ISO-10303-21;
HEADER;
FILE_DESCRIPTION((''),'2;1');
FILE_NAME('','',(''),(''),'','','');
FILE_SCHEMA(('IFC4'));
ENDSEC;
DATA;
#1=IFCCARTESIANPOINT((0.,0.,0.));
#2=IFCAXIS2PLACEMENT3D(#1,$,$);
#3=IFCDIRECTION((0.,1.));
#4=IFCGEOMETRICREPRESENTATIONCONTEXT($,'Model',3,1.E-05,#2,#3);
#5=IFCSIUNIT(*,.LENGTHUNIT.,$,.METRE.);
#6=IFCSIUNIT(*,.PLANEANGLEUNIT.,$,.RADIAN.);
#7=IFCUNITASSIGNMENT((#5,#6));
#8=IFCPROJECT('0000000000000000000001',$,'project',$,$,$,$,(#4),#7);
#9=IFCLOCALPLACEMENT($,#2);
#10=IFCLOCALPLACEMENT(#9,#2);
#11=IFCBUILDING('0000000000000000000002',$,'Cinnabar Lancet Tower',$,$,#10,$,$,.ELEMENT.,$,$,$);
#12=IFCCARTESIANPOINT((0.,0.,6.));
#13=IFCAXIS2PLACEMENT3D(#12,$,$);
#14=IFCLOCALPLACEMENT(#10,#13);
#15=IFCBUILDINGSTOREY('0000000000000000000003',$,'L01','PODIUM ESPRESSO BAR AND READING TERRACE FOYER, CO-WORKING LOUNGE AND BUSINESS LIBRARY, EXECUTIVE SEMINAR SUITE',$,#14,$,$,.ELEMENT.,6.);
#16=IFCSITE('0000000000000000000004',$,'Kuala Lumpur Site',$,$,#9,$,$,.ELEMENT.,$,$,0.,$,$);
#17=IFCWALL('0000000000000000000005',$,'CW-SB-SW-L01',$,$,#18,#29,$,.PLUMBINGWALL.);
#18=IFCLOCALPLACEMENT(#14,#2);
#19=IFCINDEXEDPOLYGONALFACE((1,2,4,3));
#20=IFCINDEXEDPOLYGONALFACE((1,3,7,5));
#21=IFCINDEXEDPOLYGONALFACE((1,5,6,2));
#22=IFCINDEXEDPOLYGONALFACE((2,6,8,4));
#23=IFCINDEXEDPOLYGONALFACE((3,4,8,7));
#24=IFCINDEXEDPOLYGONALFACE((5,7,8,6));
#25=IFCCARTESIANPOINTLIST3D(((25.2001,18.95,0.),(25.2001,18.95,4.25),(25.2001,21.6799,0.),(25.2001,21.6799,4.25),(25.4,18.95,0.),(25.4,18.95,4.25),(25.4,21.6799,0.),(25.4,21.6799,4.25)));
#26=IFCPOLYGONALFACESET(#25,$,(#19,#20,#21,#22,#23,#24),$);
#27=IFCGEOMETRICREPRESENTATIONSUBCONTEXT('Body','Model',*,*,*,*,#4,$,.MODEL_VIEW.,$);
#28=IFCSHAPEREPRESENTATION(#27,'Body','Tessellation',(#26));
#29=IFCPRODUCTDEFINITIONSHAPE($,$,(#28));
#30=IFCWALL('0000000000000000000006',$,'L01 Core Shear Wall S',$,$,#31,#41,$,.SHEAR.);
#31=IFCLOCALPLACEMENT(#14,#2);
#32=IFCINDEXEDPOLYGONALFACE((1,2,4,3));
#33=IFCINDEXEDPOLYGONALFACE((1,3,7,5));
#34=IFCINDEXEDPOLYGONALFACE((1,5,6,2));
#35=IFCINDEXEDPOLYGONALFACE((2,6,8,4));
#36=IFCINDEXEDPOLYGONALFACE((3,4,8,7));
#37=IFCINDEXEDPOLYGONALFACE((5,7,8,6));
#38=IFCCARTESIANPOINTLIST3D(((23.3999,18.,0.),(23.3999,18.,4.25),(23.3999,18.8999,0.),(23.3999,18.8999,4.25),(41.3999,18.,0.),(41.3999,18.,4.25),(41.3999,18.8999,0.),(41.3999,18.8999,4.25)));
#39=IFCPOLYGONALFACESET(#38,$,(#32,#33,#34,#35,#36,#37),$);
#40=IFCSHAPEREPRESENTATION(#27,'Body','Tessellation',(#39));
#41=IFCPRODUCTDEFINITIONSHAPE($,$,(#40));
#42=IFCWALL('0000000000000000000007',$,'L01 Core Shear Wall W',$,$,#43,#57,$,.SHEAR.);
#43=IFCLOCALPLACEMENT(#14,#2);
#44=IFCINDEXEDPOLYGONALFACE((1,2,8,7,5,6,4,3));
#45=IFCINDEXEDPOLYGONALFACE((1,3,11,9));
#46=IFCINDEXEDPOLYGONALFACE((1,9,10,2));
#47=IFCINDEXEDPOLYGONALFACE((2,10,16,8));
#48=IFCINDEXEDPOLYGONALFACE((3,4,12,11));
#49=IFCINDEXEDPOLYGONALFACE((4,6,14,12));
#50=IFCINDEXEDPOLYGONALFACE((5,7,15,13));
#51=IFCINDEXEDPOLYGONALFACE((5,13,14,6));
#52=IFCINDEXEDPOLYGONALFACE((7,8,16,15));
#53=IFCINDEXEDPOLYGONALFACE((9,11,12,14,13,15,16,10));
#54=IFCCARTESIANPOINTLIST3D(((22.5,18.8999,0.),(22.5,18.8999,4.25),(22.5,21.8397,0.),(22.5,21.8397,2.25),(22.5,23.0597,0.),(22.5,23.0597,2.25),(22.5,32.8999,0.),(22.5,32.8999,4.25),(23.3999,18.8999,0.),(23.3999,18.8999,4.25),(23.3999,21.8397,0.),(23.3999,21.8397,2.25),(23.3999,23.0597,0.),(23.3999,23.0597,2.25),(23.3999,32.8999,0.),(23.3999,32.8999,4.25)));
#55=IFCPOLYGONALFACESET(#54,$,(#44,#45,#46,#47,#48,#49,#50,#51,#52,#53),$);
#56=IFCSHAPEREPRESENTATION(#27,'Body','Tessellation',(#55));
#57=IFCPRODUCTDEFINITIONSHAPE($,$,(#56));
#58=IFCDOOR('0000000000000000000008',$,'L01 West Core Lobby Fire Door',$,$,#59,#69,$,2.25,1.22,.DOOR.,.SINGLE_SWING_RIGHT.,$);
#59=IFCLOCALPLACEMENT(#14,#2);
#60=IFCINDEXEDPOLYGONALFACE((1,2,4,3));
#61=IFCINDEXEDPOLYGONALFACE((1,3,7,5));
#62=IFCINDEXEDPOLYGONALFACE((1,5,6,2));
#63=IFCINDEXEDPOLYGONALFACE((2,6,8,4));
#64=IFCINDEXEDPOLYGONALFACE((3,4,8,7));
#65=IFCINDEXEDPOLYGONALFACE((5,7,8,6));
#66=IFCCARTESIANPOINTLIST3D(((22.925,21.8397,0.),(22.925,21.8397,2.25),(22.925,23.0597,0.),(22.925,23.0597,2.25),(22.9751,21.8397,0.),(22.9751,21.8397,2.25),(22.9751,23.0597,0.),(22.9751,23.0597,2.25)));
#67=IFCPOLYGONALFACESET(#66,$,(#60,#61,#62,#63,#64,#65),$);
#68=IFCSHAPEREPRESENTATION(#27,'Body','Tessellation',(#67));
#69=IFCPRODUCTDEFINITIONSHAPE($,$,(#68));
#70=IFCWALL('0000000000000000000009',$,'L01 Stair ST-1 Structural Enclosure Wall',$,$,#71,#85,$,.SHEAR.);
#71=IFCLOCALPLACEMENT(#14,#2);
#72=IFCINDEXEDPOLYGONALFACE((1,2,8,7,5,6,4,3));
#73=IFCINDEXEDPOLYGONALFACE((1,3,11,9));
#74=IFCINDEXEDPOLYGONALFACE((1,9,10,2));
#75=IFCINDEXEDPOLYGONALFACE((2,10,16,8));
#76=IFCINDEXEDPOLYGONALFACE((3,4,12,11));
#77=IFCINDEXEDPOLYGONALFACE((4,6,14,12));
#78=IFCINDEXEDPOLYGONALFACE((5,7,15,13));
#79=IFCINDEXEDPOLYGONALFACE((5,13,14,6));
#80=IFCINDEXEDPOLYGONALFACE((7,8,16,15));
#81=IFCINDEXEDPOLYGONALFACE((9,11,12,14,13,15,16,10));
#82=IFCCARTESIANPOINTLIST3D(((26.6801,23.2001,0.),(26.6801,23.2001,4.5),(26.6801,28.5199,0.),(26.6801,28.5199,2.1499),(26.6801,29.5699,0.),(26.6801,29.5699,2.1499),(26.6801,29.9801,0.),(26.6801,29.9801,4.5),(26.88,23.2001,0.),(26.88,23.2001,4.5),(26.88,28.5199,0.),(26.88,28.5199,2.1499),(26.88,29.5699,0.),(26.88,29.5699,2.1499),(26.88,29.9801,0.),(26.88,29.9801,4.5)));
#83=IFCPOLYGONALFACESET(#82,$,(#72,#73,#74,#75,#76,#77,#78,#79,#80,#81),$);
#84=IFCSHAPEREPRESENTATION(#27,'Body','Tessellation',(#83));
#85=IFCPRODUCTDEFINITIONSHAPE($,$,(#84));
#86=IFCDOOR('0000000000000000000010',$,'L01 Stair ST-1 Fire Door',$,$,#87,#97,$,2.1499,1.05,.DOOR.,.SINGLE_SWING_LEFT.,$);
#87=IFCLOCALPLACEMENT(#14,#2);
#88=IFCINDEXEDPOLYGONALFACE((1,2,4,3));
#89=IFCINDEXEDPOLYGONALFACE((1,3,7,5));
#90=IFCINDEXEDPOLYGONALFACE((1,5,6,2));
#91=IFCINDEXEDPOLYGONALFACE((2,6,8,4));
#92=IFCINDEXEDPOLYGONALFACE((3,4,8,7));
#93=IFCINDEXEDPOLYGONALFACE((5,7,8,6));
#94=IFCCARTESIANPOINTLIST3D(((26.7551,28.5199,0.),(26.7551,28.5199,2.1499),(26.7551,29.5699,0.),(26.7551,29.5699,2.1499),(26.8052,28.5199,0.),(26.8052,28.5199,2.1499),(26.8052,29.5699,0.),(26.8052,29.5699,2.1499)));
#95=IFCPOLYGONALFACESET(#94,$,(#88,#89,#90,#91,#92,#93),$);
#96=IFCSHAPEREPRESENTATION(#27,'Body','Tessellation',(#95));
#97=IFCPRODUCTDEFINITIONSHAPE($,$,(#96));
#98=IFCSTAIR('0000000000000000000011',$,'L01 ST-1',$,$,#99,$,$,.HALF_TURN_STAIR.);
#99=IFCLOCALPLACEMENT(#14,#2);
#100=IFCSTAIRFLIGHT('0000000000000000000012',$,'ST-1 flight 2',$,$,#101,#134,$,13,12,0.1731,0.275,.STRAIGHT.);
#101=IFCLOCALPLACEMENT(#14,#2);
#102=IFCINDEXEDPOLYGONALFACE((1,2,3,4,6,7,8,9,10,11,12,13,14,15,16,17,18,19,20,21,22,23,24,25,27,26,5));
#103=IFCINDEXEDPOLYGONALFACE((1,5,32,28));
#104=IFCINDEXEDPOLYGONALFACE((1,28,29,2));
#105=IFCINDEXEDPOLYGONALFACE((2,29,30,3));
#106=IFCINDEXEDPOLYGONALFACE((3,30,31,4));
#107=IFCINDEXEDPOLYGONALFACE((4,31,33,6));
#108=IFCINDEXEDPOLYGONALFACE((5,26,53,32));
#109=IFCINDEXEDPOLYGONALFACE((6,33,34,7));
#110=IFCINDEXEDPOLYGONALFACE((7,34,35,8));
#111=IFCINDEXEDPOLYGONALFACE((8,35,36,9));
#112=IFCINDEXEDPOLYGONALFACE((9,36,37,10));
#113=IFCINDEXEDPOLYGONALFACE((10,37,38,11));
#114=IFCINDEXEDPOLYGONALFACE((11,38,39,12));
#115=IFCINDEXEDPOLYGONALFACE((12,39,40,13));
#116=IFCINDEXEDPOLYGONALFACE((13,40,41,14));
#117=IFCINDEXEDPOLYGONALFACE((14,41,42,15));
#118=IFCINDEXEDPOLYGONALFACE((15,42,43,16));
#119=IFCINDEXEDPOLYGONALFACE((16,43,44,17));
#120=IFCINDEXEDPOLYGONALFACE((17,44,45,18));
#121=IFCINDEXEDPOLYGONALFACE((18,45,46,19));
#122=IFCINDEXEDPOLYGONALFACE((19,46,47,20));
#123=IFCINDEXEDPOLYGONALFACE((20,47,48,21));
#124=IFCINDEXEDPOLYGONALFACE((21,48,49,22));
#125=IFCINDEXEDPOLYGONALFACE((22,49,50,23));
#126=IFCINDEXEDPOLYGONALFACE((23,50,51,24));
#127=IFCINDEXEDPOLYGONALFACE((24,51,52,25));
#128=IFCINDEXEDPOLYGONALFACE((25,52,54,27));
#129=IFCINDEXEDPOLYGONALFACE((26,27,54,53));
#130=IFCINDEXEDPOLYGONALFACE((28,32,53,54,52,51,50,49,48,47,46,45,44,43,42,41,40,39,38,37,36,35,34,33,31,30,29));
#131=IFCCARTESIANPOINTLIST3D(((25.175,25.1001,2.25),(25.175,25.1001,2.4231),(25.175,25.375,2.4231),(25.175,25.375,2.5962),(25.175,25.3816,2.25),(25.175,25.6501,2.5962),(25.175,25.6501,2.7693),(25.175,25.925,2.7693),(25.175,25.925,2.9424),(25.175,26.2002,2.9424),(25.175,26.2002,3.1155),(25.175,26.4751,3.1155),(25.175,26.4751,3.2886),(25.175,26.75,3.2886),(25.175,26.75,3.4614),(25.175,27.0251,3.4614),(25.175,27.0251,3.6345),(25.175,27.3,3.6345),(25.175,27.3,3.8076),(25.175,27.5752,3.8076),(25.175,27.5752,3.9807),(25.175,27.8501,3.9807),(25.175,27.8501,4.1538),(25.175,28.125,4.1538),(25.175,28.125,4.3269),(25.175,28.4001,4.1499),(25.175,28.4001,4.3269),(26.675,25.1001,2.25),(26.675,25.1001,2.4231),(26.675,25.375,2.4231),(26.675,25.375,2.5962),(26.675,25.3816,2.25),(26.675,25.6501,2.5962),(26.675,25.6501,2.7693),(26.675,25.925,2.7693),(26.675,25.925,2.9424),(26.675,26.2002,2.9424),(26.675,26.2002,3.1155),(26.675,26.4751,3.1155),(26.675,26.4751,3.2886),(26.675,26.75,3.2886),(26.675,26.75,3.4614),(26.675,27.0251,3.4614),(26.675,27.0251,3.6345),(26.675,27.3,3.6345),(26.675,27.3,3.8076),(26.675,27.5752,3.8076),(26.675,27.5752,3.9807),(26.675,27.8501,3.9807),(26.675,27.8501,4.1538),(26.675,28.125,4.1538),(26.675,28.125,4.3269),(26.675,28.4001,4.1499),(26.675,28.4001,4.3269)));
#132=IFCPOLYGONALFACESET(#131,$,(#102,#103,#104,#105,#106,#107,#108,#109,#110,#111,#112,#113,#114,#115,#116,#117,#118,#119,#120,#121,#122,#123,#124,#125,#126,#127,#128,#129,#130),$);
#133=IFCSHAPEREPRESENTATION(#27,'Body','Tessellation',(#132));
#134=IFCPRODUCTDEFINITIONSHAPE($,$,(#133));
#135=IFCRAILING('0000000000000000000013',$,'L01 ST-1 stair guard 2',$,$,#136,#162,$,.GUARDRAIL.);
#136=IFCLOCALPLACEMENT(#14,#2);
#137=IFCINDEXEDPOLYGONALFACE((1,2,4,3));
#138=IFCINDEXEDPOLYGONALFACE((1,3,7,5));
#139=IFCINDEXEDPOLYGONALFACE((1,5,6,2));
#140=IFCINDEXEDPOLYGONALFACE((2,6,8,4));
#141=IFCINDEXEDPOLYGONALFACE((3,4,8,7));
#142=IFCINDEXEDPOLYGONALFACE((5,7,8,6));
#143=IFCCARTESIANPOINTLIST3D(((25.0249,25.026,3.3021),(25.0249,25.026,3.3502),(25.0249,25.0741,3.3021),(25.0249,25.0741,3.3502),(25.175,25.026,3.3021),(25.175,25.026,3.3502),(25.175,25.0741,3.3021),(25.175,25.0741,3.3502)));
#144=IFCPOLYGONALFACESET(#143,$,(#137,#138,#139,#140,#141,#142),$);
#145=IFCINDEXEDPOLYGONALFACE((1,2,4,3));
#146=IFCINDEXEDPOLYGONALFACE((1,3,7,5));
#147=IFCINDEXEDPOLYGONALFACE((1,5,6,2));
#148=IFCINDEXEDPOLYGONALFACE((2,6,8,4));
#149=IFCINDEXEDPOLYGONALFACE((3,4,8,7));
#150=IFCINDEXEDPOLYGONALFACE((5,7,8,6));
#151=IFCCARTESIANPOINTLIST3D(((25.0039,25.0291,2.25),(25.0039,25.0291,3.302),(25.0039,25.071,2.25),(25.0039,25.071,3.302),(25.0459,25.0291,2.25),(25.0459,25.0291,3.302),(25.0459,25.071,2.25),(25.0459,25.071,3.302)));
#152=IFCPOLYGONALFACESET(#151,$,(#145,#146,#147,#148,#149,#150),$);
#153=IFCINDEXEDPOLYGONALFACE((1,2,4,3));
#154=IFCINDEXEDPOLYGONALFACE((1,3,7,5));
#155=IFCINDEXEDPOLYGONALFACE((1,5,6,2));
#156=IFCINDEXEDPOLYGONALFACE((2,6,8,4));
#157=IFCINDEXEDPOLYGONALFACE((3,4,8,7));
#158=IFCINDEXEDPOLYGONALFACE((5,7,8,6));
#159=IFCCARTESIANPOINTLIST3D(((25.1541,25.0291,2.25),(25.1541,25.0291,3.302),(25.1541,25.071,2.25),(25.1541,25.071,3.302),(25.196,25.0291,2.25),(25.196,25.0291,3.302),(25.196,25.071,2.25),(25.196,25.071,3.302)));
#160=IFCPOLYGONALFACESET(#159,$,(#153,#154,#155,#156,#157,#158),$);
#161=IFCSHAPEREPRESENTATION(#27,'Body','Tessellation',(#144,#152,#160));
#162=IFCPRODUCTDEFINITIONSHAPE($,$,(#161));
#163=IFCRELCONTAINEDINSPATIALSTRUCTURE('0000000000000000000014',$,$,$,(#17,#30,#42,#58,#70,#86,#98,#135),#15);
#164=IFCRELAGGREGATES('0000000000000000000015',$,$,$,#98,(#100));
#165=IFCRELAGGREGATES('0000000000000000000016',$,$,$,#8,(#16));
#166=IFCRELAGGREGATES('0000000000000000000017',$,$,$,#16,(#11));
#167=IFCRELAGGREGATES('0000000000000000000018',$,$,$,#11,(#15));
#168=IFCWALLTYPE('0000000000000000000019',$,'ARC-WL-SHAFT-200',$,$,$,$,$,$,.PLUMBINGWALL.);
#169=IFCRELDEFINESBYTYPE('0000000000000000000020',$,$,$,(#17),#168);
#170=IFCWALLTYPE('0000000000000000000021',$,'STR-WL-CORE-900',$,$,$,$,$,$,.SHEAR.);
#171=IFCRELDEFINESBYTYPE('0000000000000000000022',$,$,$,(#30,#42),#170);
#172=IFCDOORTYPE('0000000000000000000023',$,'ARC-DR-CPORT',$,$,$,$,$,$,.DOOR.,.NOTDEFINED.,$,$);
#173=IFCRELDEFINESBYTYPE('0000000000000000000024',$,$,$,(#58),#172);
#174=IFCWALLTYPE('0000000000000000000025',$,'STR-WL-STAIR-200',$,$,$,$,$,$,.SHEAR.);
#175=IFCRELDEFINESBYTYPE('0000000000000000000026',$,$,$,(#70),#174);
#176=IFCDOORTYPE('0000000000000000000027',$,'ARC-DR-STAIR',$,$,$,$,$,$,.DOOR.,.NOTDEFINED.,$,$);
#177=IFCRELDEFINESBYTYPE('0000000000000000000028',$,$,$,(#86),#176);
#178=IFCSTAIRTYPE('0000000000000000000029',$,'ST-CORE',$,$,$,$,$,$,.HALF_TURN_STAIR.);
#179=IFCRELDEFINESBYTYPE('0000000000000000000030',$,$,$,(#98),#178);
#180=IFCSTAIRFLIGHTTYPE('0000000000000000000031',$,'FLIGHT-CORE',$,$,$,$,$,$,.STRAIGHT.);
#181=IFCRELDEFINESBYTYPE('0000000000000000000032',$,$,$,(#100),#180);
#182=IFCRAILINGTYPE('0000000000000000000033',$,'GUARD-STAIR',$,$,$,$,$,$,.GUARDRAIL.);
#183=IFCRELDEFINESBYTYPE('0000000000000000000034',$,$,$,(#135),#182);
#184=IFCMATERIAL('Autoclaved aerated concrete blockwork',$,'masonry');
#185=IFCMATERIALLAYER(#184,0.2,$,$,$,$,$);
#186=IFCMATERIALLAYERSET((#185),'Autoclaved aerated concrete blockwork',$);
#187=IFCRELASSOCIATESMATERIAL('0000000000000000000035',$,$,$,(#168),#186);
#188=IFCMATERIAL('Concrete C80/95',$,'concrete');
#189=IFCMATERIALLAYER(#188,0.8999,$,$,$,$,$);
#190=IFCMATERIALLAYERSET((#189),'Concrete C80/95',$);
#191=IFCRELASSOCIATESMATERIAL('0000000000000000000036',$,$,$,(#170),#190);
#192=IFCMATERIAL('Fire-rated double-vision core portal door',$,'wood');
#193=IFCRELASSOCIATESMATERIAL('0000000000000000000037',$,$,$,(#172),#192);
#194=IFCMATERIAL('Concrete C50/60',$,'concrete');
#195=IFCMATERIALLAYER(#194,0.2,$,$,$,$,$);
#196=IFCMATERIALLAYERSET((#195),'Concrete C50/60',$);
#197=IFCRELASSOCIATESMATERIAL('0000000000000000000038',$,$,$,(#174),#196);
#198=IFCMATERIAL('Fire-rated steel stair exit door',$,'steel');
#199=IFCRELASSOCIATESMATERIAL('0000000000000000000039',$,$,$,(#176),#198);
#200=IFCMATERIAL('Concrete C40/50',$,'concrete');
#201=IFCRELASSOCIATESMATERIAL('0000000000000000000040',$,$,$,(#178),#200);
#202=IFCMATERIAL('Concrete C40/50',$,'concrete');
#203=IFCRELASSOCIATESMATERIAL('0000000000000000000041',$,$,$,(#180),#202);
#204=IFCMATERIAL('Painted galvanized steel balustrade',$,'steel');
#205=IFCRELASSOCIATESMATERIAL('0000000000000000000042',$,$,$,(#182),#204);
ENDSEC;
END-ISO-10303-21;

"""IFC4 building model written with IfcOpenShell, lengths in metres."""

from ifc_helpers import new_model, si_unit, direction, frame, frame_2d, origin, origin_2d, place, context, subcontext, project, spatial, polyline, rectangle, outline, extrude, material, layer, layer_set, type_object, element, fill, aggregate, save


model = new_model("IFC4")

# Units and contexts
model_context = context("Model", 3, precision=1e-05, world=origin(), true_north=direction((0.0, 1.0)))
body_context = subcontext(model_context, "Body", "Model", "MODEL_VIEW")
ifc_project = project(units=[si_unit("LENGTHUNIT", "METRE"), si_unit("PLANEANGLEUNIT", "RADIAN")], contexts=[model_context])

# Site, building, storey
site_placement = place(None, origin())
site = spatial("IfcSite", under=ifc_project, at=site_placement, Name="Kuala Lumpur Site", CompositionType="ELEMENT", RefElevation=0.0)
building_placement = place(site_placement, origin())
building = spatial("IfcBuilding", under=site, at=building_placement, Name="Cinnabar Lancet Tower", CompositionType="ELEMENT")
storey_placement = place(building_placement, frame((0.0, 0.0, 6.0)))
storey = spatial("IfcBuildingStorey", under=building, at=storey_placement, Name="L01", Description="PODIUM ESPRESSO BAR AND READING TERRACE FOYER, CO-WORKING LOUNGE AND BUSINESS LIBRARY, EXECUTIVE SEMINAR SUITE", CompositionType="ELEMENT", Elevation=6.0)

# Shared definitions
ifc_material_1 = material(Name="Autoclaved aerated concrete blockwork", Category="masonry")
ifc_layer_1 = layer(ifc_material_1, 0.2)
ifc_layer_set_1 = layer_set([ifc_layer_1], Name="Autoclaved aerated concrete blockwork")
wall_type_1 = type_object("IfcWallType", Name="ARC-WL-SHAFT-200", PredefinedType="PLUMBINGWALL", material=ifc_layer_set_1)

# Walls
for number, where, z_axis, x_axis, name in (
    (1, (25.3, 18.95, 0.0), (0.0, 0.0, 1.0), (0.0, 1.0, 0.0), "CW-SB-SW-L01"),
):
    element("IfcWall", number, at=place(storey_placement, frame(where, z_axis=z_axis, x_axis=x_axis)), inside=storey, type_object=wall_type_1, Name=name, PredefinedType="PLUMBINGWALL", context=body_context, shape_type="SweptSolid", body=[
        extrude(rectangle(XDim=2.73, YDim=0.2, at=frame_2d((1.365, 0.0))), origin(), (0.0, 0.0, 1.0), 4.25),
    ])
ifc_material_2 = material(Name="Concrete C80/95", Category="concrete")
ifc_layer_2 = layer(ifc_material_2, 0.8999)
ifc_layer_set_2 = layer_set([ifc_layer_2], Name="Concrete C80/95")
wall_type_2 = type_object("IfcWallType", Name="STR-WL-CORE-900", PredefinedType="SHEAR", material=ifc_layer_set_2)
wall_1_placement = place(storey_placement, frame((23.3999, 18.45, 0.0), z_axis=(0.0, 0.0, 1.0), x_axis=(1.0, 0.0, 0.0)))
element("IfcWall", 2, at=wall_1_placement, inside=storey, type_object=wall_type_2, Name="L01 Core Shear Wall S", PredefinedType="SHEAR", context=body_context, shape_type="SweptSolid", body=[
    extrude(rectangle(XDim=18.0, YDim=0.8999, at=frame_2d((9.0, 0.0))), origin(), (0.0, 0.0, 1.0), 4.25),
])

# Walls, openings, doors
wall_2_placement = place(storey_placement, frame((22.95, 18.8999, 0.0), z_axis=(0.0, 0.0, 1.0), x_axis=(0.0, 1.0, 0.0)))
wall_2 = element("IfcWall", 3, at=wall_2_placement, inside=storey, type_object=wall_type_2, Name="L01 Core Shear Wall W", PredefinedType="SHEAR", context=body_context, shape_type="SweptSolid", body=[
    extrude(rectangle(XDim=14.0, YDim=0.8999, at=frame_2d((7.0, 0.0))), origin(), (0.0, 0.0, 1.0), 4.25),
])
opening_1_placement = place(wall_2_placement, frame((2.9399, 0.0, 0.0)))
opening_1 = element("IfcOpeningElement", 4, at=opening_1_placement, cuts=wall_2, PredefinedType="OPENING", context=body_context, shape_type="SweptSolid", body=[
    extrude(rectangle(XDim=1.22, YDim=2.25, at=frame_2d((0.6099, 1.125))), frame((0.0, 0.46, 0.0), z_axis=(0.0, -1.0, 0.0), x_axis=(1.0, 0.0, 0.0)), (0.0, 0.0, 1.0), 0.9199),
])
ifc_material_3 = material(Name="Fire-rated double-vision core portal door", Category="wood")
door_type_1 = type_object("IfcDoorType", Name="ARC-DR-CPORT", OperationType="NOTDEFINED", PredefinedType="DOOR", material=ifc_material_3)
door_1_placement = place(opening_1_placement, origin())
door_1 = element("IfcDoor", 5, at=door_1_placement, inside=storey, type_object=door_type_1, Name="L01 West Core Lobby Fire Door", OperationType="SINGLE_SWING_RIGHT", OverallHeight=2.25, OverallWidth=1.22, PredefinedType="DOOR", context=body_context, shape_type="SweptSolid", body=[
    extrude(rectangle(XDim=1.22, YDim=2.25, at=frame_2d((0.6099, 1.125))), frame((0.0, 0.0249, 0.0), z_axis=(0.0, -1.0, 0.0), x_axis=(1.0, 0.0, 0.0)), (0.0, 0.0, 1.0), 0.05),
])
fill(opening_1, door_1)
ifc_material_4 = material(Name="Concrete C50/60", Category="concrete")
ifc_layer_3 = layer(ifc_material_4, 0.2)
ifc_layer_set_3 = layer_set([ifc_layer_3], Name="Concrete C50/60")
wall_type_3 = type_object("IfcWallType", Name="STR-WL-STAIR-200", PredefinedType="SHEAR", material=ifc_layer_set_3)
wall_3_placement = place(storey_placement, frame((26.78, 23.2, 0.0), z_axis=(0.0, 0.0, 1.0), x_axis=(0.0, 1.0, 0.0)))
wall_3 = element("IfcWall", 6, at=wall_3_placement, inside=storey, type_object=wall_type_3, Name="L01 Stair ST-1 Structural Enclosure Wall", PredefinedType="SHEAR", context=body_context, shape_type="SweptSolid", body=[
    extrude(rectangle(XDim=6.78, YDim=0.2, at=frame_2d((3.3901, 0.0))), origin(), (0.0, 0.0, 1.0), 4.5),
])
opening_2_placement = place(wall_3_placement, frame((5.3201, 0.0, 0.0)))
opening_2 = element("IfcOpeningElement", 7, at=opening_2_placement, cuts=wall_3, PredefinedType="OPENING", context=body_context, shape_type="SweptSolid", body=[
    extrude(rectangle(XDim=1.05, YDim=2.1499, at=frame_2d((0.5249, 1.075))), frame((0.0, 0.1099, 0.0), z_axis=(0.0, -1.0, 0.0), x_axis=(1.0, 0.0, 0.0)), (0.0, 0.0, 1.0), 0.22),
])
ifc_material_5 = material(Name="Fire-rated steel stair exit door", Category="steel")
door_type_2 = type_object("IfcDoorType", Name="ARC-DR-STAIR", OperationType="NOTDEFINED", PredefinedType="DOOR", material=ifc_material_5)
door_2_placement = place(opening_2_placement, origin())
door_2 = element("IfcDoor", 8, at=door_2_placement, inside=storey, type_object=door_type_2, Name="L01 Stair ST-1 Fire Door", OperationType="SINGLE_SWING_LEFT", OverallHeight=2.1499, OverallWidth=1.05, PredefinedType="DOOR", context=body_context, shape_type="SweptSolid", body=[
    extrude(rectangle(XDim=1.05, YDim=2.1499, at=frame_2d((0.5249, 1.075))), frame((0.0, 0.0249, 0.0), z_axis=(0.0, -1.0, 0.0), x_axis=(1.0, 0.0, 0.0)), (0.0, 0.0, 1.0), 0.05),
])
fill(opening_2, door_2)

# Stair, stair flight
ifc_material_6 = material(Name="Concrete C40/50", Category="concrete")
stair_type = type_object("IfcStairType", Name="ST-CORE", PredefinedType="HALF_TURN_STAIR", material=ifc_material_6)
stair_placement = place(storey_placement, origin())
stair = element("IfcStair", 9, at=stair_placement, inside=storey, type_object=stair_type, Name="L01 ST-1", PredefinedType="HALF_TURN_STAIR")
ifc_material_7 = material(Name="Concrete C40/50", Category="concrete")
stair_flight_type = type_object("IfcStairFlightType", Name="FLIGHT-CORE", PredefinedType="STRAIGHT", material=ifc_material_7)
stair_flight_placement = place(storey_placement, frame((25.925, 25.1001, 2.25), z_axis=(0.0, 0.0, 1.0), x_axis=(0.0, 1.0, 0.0)))
stair_flight = element("IfcStairFlight", 10, at=stair_flight_placement, type_object=stair_flight_type, Name="ST-1 flight 2", NumberOfRisers=13, NumberOfTreads=12, PredefinedType="STRAIGHT", RiserHeight=0.1731, TreadLength=0.275, context=body_context, shape_type="SweptSolid", body=[
    extrude(outline(polyline([(0.0, 0.0), (0.0, 0.1731), (0.2749, 0.1731), (0.2749, 0.3462), (0.55, 0.3462), (0.55, 0.5193), (0.825, 0.5193), (0.825, 0.6924), (1.1001, 0.6924), (1.1001, 0.8655), (1.375, 0.8655), (1.375, 1.0386), (1.6499, 1.0386), (1.6499, 1.2114), (1.925, 1.2114), (1.925, 1.3845), (2.2, 1.3845), (2.2, 1.5576), (2.4751, 1.5576), (2.4751, 1.7307), (2.75, 1.7307), (2.75, 1.9038), (3.0249, 1.9038), (3.0249, 2.0769), (3.3, 2.0769), (3.3, 2.25), (3.3, 1.8999), (0.2815, 0.0), (0.0, 0.0)])), frame((0.0, 0.75, 0.0), z_axis=(0.0, -1.0, 0.0), x_axis=(1.0, 0.0, 0.0)), (0.0, 0.0, 1.0), 1.5),
])
aggregate(stair, [stair_flight])

# Railing
ifc_material_8 = material(Name="Painted galvanized steel balustrade", Category="steel")
railing_type_1 = type_object("IfcRailingType", Name="GUARD-STAIR", PredefinedType="GUARDRAIL", material=ifc_material_8)
railing_1_placement = place(storey_placement, frame((25.0249, 25.05, 2.25)))
element("IfcRailing", 11, at=railing_1_placement, inside=storey, type_object=railing_type_1, Name="L01 ST-1 stair guard 2", PredefinedType="GUARDRAIL", context=body_context, shape_type="SweptSolid", body=[
    extrude(rectangle(XDim=0.0481, YDim=0.0481, at=origin_2d()), frame((0.0, 0.0, 1.0762), z_axis=(1.0, 0.0, 0.0), x_axis=(0.0, 1.0, 0.0)), (0.0, 0.0, 1.0), 0.1501),
    extrude(rectangle(XDim=0.042, YDim=0.042, at=origin_2d()), origin(), (0.0, 0.0, 1.0), 1.052),
    extrude(rectangle(XDim=0.042, YDim=0.042, at=origin_2d()), frame((0.1501, 0.0, 0.0)), (0.0, 0.0, 1.0), 1.052),
])

save(model, "model.ifc")
